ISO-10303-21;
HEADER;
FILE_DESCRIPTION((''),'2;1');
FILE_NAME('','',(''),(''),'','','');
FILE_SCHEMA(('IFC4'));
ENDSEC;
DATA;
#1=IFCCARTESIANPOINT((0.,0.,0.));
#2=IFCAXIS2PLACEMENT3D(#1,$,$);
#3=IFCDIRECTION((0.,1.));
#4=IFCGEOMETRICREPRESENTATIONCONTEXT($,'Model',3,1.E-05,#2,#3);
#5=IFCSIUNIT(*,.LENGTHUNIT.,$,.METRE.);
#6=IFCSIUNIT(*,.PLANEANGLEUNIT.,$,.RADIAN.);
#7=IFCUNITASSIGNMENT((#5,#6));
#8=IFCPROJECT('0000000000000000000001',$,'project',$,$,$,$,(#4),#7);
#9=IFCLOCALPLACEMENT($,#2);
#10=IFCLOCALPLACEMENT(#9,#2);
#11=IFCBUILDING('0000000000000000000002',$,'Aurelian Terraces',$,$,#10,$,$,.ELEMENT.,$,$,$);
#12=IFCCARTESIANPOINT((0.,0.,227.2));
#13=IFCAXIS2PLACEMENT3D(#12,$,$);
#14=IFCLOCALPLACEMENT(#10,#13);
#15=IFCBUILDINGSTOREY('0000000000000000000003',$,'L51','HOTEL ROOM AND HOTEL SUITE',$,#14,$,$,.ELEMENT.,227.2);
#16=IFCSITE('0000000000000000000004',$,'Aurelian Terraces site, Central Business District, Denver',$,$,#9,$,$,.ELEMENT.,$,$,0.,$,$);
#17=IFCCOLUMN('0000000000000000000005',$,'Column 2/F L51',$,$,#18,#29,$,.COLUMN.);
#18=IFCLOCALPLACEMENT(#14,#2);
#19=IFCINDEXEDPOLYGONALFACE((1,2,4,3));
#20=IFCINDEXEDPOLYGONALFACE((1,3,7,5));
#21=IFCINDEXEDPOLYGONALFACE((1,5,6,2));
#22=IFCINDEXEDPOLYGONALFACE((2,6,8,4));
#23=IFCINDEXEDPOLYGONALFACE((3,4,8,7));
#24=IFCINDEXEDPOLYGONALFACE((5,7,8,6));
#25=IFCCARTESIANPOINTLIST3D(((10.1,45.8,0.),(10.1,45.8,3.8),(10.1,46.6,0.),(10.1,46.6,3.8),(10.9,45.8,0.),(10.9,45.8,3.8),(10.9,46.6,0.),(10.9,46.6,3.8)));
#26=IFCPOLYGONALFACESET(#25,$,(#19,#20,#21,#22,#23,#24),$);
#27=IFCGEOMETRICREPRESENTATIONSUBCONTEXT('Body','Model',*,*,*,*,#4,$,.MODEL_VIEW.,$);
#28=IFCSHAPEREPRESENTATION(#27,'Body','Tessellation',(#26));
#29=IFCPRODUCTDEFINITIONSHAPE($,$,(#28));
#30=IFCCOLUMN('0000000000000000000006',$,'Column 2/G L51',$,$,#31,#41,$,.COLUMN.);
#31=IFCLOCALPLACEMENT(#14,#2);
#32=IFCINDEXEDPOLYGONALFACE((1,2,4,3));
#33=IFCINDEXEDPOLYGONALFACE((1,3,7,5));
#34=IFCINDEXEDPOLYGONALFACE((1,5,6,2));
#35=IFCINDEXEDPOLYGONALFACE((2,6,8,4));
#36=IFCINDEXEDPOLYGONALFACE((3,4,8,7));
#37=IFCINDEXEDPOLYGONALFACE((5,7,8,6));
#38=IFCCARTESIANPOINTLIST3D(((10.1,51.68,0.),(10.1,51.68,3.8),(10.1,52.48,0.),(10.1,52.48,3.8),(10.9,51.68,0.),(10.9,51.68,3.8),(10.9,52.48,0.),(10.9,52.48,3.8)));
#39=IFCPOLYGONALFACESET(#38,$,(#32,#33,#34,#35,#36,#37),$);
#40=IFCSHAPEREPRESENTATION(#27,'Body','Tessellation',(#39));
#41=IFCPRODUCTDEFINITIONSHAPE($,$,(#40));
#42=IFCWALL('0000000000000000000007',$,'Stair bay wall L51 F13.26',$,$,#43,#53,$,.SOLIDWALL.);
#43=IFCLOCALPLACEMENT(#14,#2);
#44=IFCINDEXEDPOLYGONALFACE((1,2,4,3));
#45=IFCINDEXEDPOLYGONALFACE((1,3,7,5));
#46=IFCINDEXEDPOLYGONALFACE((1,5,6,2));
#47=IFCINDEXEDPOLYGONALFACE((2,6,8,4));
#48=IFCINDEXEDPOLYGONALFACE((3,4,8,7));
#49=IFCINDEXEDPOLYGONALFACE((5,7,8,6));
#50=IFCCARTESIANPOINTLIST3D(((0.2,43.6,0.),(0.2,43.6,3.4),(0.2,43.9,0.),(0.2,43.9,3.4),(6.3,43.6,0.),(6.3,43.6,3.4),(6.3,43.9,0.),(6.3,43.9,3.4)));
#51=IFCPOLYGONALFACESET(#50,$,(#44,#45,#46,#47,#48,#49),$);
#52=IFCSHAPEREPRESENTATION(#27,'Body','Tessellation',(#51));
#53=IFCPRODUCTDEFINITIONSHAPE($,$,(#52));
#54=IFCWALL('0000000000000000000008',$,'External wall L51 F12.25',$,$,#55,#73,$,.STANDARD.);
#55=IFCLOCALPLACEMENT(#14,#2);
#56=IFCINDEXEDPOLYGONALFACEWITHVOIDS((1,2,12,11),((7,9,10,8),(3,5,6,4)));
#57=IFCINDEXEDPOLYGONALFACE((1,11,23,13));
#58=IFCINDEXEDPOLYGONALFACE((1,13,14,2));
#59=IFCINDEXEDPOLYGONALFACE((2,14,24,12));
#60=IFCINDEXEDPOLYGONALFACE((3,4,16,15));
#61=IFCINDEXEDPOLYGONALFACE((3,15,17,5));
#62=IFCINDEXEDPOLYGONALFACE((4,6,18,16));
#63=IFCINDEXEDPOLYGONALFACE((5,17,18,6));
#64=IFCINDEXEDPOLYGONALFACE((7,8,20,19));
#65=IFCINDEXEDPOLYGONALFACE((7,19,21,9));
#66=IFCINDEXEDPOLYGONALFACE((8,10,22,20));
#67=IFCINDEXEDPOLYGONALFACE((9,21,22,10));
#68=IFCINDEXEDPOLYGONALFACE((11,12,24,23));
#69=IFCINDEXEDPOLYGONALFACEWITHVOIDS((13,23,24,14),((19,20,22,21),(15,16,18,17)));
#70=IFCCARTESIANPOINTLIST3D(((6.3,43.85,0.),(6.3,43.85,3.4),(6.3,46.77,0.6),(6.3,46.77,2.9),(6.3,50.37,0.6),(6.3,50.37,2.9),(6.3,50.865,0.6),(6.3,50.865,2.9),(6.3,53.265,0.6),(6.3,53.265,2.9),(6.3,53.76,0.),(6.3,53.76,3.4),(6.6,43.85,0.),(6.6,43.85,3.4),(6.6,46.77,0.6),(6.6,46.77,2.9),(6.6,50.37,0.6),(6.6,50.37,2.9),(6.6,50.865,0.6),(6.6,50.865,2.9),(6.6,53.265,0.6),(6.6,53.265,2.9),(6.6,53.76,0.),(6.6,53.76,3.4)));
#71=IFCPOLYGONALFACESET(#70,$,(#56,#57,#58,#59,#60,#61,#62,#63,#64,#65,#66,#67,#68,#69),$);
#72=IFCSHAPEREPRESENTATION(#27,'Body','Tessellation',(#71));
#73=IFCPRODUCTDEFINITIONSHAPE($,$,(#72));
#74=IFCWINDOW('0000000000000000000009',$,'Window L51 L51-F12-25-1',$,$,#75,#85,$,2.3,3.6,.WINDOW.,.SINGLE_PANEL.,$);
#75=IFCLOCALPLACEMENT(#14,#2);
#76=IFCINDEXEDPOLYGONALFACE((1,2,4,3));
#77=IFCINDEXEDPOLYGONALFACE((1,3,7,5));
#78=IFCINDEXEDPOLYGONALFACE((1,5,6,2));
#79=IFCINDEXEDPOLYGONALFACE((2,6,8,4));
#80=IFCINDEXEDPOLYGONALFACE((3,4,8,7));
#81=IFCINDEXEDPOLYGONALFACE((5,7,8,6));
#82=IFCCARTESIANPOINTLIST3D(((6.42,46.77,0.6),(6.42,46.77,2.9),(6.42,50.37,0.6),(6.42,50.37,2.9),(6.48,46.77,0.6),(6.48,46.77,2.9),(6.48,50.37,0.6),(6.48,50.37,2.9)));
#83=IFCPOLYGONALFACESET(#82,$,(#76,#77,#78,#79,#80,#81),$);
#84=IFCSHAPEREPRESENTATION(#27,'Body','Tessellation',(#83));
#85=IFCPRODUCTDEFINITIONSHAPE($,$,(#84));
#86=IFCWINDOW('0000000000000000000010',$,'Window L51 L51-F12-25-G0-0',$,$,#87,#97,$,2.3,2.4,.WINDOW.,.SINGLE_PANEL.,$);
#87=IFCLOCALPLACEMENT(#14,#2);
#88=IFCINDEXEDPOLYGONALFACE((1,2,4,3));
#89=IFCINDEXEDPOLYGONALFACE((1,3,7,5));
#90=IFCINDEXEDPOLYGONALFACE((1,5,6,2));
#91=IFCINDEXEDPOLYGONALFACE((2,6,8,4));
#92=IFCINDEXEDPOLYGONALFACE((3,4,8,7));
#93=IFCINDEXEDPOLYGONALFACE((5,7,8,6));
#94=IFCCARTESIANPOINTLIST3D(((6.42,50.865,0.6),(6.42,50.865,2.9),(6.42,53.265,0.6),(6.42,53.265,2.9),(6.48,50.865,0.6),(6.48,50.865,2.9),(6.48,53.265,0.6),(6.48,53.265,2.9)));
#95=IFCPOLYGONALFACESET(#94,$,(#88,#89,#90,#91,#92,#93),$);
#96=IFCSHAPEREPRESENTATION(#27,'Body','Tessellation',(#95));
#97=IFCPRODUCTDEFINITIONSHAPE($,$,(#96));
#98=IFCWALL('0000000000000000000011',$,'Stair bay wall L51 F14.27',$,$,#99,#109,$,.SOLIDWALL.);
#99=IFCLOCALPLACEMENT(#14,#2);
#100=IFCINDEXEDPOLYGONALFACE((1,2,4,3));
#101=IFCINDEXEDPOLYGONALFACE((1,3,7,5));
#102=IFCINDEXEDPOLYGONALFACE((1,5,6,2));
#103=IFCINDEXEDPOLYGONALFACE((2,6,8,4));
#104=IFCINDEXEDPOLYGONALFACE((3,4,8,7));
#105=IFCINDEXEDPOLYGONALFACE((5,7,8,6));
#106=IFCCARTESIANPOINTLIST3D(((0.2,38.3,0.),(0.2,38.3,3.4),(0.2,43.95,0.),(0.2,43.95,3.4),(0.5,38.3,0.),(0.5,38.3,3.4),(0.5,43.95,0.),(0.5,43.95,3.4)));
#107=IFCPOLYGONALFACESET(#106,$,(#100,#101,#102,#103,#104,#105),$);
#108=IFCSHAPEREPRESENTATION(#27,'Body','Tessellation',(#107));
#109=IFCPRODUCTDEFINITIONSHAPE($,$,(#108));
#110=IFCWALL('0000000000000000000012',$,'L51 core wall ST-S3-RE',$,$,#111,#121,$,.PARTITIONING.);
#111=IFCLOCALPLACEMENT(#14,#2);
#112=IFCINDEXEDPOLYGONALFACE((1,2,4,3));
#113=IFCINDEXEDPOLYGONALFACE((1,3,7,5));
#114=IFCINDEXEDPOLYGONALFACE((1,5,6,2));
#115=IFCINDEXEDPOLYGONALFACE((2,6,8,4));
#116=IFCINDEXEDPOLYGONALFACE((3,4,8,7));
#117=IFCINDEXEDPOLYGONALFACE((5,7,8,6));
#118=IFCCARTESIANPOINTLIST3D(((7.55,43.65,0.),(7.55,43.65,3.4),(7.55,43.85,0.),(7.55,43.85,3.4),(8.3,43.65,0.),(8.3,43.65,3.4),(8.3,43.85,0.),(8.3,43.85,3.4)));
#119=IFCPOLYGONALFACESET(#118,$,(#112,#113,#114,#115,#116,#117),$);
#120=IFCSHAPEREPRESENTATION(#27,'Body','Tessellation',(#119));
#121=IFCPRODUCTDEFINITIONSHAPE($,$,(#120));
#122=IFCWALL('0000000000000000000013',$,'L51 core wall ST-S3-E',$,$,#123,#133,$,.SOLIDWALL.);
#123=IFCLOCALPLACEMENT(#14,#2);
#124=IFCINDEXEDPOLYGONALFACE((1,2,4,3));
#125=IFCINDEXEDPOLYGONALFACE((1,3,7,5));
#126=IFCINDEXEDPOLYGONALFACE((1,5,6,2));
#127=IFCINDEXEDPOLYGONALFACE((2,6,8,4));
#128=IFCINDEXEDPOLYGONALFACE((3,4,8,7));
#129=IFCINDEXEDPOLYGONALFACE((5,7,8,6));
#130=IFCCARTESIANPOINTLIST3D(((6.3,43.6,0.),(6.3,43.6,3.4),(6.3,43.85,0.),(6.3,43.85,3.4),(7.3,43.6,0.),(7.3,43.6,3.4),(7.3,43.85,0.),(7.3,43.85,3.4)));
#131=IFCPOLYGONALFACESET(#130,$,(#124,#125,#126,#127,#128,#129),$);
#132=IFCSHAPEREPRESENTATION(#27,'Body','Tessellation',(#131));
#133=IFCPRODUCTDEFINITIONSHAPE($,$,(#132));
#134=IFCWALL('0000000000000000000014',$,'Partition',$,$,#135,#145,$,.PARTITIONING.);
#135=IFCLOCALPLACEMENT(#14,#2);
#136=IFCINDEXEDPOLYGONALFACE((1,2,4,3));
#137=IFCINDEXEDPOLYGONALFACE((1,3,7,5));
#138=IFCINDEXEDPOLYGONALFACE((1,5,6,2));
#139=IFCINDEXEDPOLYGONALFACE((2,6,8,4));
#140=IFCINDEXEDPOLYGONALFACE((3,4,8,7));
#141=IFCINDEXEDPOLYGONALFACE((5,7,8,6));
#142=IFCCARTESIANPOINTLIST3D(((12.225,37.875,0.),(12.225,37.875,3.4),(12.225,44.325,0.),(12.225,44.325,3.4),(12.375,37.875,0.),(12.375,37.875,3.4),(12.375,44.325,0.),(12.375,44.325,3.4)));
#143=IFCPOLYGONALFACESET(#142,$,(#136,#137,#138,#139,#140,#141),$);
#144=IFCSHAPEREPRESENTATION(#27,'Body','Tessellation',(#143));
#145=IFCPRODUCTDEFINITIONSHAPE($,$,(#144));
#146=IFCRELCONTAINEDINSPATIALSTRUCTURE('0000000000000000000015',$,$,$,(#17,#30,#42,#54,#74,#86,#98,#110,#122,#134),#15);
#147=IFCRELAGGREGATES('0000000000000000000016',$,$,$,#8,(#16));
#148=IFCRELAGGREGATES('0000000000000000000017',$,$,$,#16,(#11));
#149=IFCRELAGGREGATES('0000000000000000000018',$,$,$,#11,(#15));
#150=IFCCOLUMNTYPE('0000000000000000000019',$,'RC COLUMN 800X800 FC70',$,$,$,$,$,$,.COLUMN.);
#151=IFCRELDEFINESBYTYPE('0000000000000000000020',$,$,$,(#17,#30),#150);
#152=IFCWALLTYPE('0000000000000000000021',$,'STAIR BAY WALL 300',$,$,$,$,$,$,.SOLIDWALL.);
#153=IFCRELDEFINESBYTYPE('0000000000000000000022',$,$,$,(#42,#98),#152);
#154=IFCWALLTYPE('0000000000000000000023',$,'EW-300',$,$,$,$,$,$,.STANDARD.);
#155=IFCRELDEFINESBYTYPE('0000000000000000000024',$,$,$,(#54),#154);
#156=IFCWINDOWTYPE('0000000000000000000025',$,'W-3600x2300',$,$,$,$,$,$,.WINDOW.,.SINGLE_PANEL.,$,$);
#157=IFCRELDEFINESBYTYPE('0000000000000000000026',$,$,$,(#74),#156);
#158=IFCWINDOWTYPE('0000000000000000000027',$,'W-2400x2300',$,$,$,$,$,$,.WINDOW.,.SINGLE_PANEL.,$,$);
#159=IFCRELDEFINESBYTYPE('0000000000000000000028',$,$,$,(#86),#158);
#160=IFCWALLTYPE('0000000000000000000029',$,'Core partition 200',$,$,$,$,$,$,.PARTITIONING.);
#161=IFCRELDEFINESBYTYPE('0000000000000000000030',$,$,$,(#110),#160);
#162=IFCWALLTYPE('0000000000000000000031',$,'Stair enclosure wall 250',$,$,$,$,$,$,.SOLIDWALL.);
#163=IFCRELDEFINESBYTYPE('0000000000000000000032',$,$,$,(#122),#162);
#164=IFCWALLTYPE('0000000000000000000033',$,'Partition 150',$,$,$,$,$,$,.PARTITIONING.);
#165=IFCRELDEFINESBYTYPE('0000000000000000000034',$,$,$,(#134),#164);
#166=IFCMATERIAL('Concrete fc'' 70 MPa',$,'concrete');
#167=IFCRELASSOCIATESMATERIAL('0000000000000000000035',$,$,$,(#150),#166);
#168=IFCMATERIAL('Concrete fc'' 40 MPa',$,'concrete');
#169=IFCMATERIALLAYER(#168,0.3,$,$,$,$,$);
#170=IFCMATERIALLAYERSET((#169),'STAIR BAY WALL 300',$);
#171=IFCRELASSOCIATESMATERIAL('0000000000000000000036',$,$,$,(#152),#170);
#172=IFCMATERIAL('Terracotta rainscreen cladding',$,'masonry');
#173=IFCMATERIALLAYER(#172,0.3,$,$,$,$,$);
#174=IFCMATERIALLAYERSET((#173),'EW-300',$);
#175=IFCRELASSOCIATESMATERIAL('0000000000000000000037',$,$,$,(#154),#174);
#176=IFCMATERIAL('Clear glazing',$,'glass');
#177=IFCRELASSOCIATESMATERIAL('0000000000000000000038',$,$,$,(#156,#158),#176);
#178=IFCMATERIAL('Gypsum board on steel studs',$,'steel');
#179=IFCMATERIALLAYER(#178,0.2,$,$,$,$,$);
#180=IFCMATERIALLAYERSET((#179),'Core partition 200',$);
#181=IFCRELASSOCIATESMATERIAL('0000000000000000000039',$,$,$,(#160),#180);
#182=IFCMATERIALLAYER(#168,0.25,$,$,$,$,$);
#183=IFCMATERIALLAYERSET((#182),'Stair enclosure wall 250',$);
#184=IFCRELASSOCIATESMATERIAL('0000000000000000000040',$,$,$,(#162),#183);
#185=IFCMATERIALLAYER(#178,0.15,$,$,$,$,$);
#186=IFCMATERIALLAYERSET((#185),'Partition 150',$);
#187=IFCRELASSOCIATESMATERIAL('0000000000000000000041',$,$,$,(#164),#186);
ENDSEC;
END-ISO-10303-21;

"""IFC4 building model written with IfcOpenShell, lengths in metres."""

from ifc_helpers import new_model, si_unit, direction, frame, frame_2d, origin, origin_2d, place, context, subcontext, project, spatial, rectangle, extrude, source, transform, mapped, material, layer, layer_set, material_profile, profile_set, type_object, element, fill, save


model = new_model("IFC4")

# Units and contexts
model_context = context("Model", 3, precision=1e-05, world=origin(), true_north=direction((0.0, 1.0)))
body_context = subcontext(model_context, "Body", "Model", "MODEL_VIEW")
ifc_project = project(units=[si_unit("LENGTHUNIT", "METRE"), si_unit("PLANEANGLEUNIT", "RADIAN")], contexts=[model_context])

# Site, building, storey
site_placement = place(None, origin())
site = spatial("IfcSite", under=ifc_project, at=site_placement, Name="Aurelian Terraces site, Central Business District, Denver", CompositionType="ELEMENT", RefElevation=0.0)
building_placement = place(site_placement, origin())
building = spatial("IfcBuilding", under=site, at=building_placement, Name="Aurelian Terraces", CompositionType="ELEMENT")
storey_placement = place(building_placement, frame((0.0, 0.0, 227.2)))
storey = spatial("IfcBuildingStorey", under=building, at=storey_placement, Name="L51", Description="HOTEL ROOM AND HOTEL SUITE", CompositionType="ELEMENT", Elevation=227.2)

# Columns
ifc_material_1 = material(Name="Concrete fc' 70 MPa", Category="concrete")
ifc_material_profile = material_profile(ifc_material_1, rectangle(XDim=0.8, YDim=0.8, at=origin_2d()))
ifc_profile_set = profile_set([ifc_material_profile], Name="Concrete fc' 70 MPa")
column_type = type_object("IfcColumnType", Name="RC COLUMN 800X800 FC70", PredefinedType="COLUMN", material=ifc_profile_set)
shared_shape_1 = source(origin(), body_context, "Body", "SweptSolid", [
    extrude(rectangle(XDim=0.8, YDim=0.8, at=origin_2d()), origin(), (0.0, 0.0, 1.0), 3.8),
])
for number, where, z_axis, x_axis, name in (
    (1, (10.5, 46.2, 0.0), (0.0, 0.0, 1.0), (1.0, 0.0, 0.0), "Column 2/F L51"),
    (2, (10.5, 52.08, 0.0), (0.0, 0.0, 1.0), (1.0, 0.0, 0.0), "Column 2/G L51"),
):
    element("IfcColumn", number, at=place(storey_placement, frame(where, z_axis=z_axis, x_axis=x_axis)), inside=storey, type_object=column_type, Name=name, PredefinedType="COLUMN", context=body_context, shape_type="MappedRepresentation", body=[
        mapped(shared_shape_1, transform((0.0, 0.0, 0.0), scale=1.0)),
    ])

# Wall
ifc_material_2 = material(Name="Concrete fc' 40 MPa", Category="concrete")
ifc_layer_1 = layer(ifc_material_2, 0.3)
ifc_layer_set_1 = layer_set([ifc_layer_1], Name="STAIR BAY WALL 300")
wall_type_1 = type_object("IfcWallType", Name="STAIR BAY WALL 300", PredefinedType="SOLIDWALL", material=ifc_layer_set_1)
shared_shape_2 = source(origin(), body_context, "Body", "SweptSolid", [
    extrude(rectangle(XDim=6.1, YDim=0.3, at=frame_2d((3.05, 0.0))), origin(), (0.0, 0.0, 1.0), 3.4),
])
wall_1_placement = place(storey_placement, frame((6.3, 43.75, 0.0), z_axis=(0.0, 0.0, 1.0), x_axis=(-1.0, 0.0, 0.0)))
element("IfcWall", 3, at=wall_1_placement, inside=storey, type_object=wall_type_1, Name="Stair bay wall L51 F13.26", PredefinedType="SOLIDWALL", context=body_context, shape_type="MappedRepresentation", body=[
    mapped(shared_shape_2, transform((0.0, 0.0, 0.0), scale=1.0)),
])

# Wall, openings, windows
ifc_material_3 = material(Name="Terracotta rainscreen cladding", Category="masonry")
ifc_layer_2 = layer(ifc_material_3, 0.3)
ifc_layer_set_2 = layer_set([ifc_layer_2], Name="EW-300")
wall_type_2 = type_object("IfcWallType", Name="EW-300", PredefinedType="STANDARD", material=ifc_layer_set_2)
shared_shape_3 = source(origin(), body_context, "Body", "SweptSolid", [
    extrude(rectangle(XDim=9.91, YDim=0.3, at=frame_2d((4.955, 0.0))), origin(), (0.0, 0.0, 1.0), 3.4),
])
wall_2_placement = place(storey_placement, frame((6.45, 53.76, 0.0), z_axis=(0.0, 0.0, 1.0), x_axis=(0.0, -1.0, 0.0)))
wall_2 = element("IfcWall", 4, at=wall_2_placement, inside=storey, type_object=wall_type_2, Name="External wall L51 F12.25", PredefinedType="STANDARD", context=body_context, shape_type="MappedRepresentation", body=[
    mapped(shared_shape_3, transform((0.0, 0.0, 0.0), scale=1.0)),
])
shared_shape_4 = source(origin(), body_context, "Body", "SweptSolid", [
    extrude(rectangle(XDim=3.6, YDim=2.3, at=frame_2d((1.8, 1.15))), frame((0.0, 0.16, 0.0), z_axis=(0.0, -1.0, 0.0), x_axis=(1.0, 0.0, 0.0)), (0.0, 0.0, 1.0), 0.32),
])
opening_1_placement = place(wall_2_placement, frame((3.39, 0.0, 0.6)))
opening_1 = element("IfcOpeningElement", 5, at=opening_1_placement, cuts=wall_2, PredefinedType="OPENING", context=body_context, shape_type="MappedRepresentation", body=[
    mapped(shared_shape_4, transform((0.0, 0.0, 0.0), scale=1.0)),
])
shared_shape_5 = source(origin(), body_context, "Body", "SweptSolid", [
    extrude(rectangle(XDim=2.4, YDim=2.3, at=frame_2d((1.2, 1.15))), frame((0.0, 0.16, 0.0), z_axis=(0.0, -1.0, 0.0), x_axis=(1.0, 0.0, 0.0)), (0.0, 0.0, 1.0), 0.32),
])
opening_2_placement = place(wall_2_placement, frame((0.495, 0.0, 0.6)))
opening_2 = element("IfcOpeningElement", 6, at=opening_2_placement, cuts=wall_2, PredefinedType="OPENING", context=body_context, shape_type="MappedRepresentation", body=[
    mapped(shared_shape_5, transform((0.0, 0.0, 0.0), scale=1.0)),
])
ifc_material_4 = material(Name="Clear glazing", Category="glass")
window_type_1 = type_object("IfcWindowType", Name="W-3600x2300", PartitioningType="SINGLE_PANEL", PredefinedType="WINDOW", material=ifc_material_4)
shared_shape_6 = source(origin(), body_context, "Body", "SweptSolid", [
    extrude(rectangle(XDim=3.6, YDim=2.3, at=frame_2d((1.8, 1.15))), frame((0.0, 0.03, 0.0), z_axis=(0.0, -1.0, 0.0), x_axis=(1.0, 0.0, 0.0)), (0.0, 0.0, 1.0), 0.06),
])
window_1_placement = place(opening_1_placement, origin())
window_1 = element("IfcWindow", 7, at=window_1_placement, inside=storey, type_object=window_type_1, Name="Window L51 L51-F12-25-1", OverallHeight=2.3, OverallWidth=3.6, PartitioningType="SINGLE_PANEL", PredefinedType="WINDOW", context=body_context, shape_type="MappedRepresentation", body=[
    mapped(shared_shape_6, transform((0.0, 0.0, 0.0), scale=1.0)),
])
fill(opening_1, window_1)
window_type_2 = type_object("IfcWindowType", Name="W-2400x2300", PartitioningType="SINGLE_PANEL", PredefinedType="WINDOW", material=ifc_material_4)
shared_shape_7 = source(origin(), body_context, "Body", "SweptSolid", [
    extrude(rectangle(XDim=2.4, YDim=2.3, at=frame_2d((1.2, 1.15))), frame((0.0, 0.03, 0.0), z_axis=(0.0, -1.0, 0.0), x_axis=(1.0, 0.0, 0.0)), (0.0, 0.0, 1.0), 0.06),
])
window_2_placement = place(opening_2_placement, origin())
window_2 = element("IfcWindow", 8, at=window_2_placement, inside=storey, type_object=window_type_2, Name="Window L51 L51-F12-25-G0-0", OverallHeight=2.3, OverallWidth=2.4, PartitioningType="SINGLE_PANEL", PredefinedType="WINDOW", context=body_context, shape_type="MappedRepresentation", body=[
    mapped(shared_shape_7, transform((0.0, 0.0, 0.0), scale=1.0)),
])
fill(opening_2, window_2)

# Walls
shared_shape_8 = source(origin(), body_context, "Body", "SweptSolid", [
    extrude(rectangle(XDim=5.65, YDim=0.3, at=frame_2d((2.825, 0.0))), origin(), (0.0, 0.0, 1.0), 3.4),
])
wall_3_placement = place(storey_placement, frame((0.35, 43.95, 0.0), z_axis=(0.0, 0.0, 1.0), x_axis=(0.0, -1.0, 0.0)))
element("IfcWall", 9, at=wall_3_placement, inside=storey, type_object=wall_type_1, Name="Stair bay wall L51 F14.27", PredefinedType="SOLIDWALL", context=body_context, shape_type="MappedRepresentation", body=[
    mapped(shared_shape_8, transform((0.0, 0.0, 0.0), scale=1.0)),
])
ifc_material_5 = material(Name="Gypsum board on steel studs", Category="steel")
ifc_layer_3 = layer(ifc_material_5, 0.2)
ifc_layer_set_3 = layer_set([ifc_layer_3], Name="Core partition 200")
wall_type_3 = type_object("IfcWallType", Name="Core partition 200", PredefinedType="PARTITIONING", material=ifc_layer_set_3)
shared_shape_9 = source(origin(), body_context, "Body", "SweptSolid", [
    extrude(rectangle(XDim=0.75, YDim=0.2, at=frame_2d((0.375, 0.0))), origin(), (0.0, 0.0, 1.0), 3.4),
])
wall_4_placement = place(storey_placement, frame((7.55, 43.75, 0.0), z_axis=(0.0, 0.0, 1.0), x_axis=(1.0, 0.0, 0.0)))
element("IfcWall", 10, at=wall_4_placement, inside=storey, type_object=wall_type_3, Name="L51 core wall ST-S3-RE", PredefinedType="PARTITIONING", context=body_context, shape_type="MappedRepresentation", body=[
    mapped(shared_shape_9, transform((0.0, 0.0, 0.0), scale=1.0)),
])
ifc_layer_4 = layer(ifc_material_2, 0.25)
ifc_layer_set_4 = layer_set([ifc_layer_4], Name="Stair enclosure wall 250")
wall_type_4 = type_object("IfcWallType", Name="Stair enclosure wall 250", PredefinedType="SOLIDWALL", material=ifc_layer_set_4)
shared_shape_10 = source(origin(), body_context, "Body", "SweptSolid", [
    extrude(rectangle(XDim=1.0, YDim=0.25, at=frame_2d((0.5, 0.0))), origin(), (0.0, 0.0, 1.0), 3.4),
])
wall_5_placement = place(storey_placement, frame((6.3, 43.725, 0.0), z_axis=(0.0, 0.0, 1.0), x_axis=(1.0, 0.0, 0.0)))
element("IfcWall", 11, at=wall_5_placement, inside=storey, type_object=wall_type_4, Name="L51 core wall ST-S3-E", PredefinedType="SOLIDWALL", context=body_context, shape_type="MappedRepresentation", body=[
    mapped(shared_shape_10, transform((0.0, 0.0, 0.0), scale=1.0)),
])
ifc_layer_5 = layer(ifc_material_5, 0.15)
ifc_layer_set_5 = layer_set([ifc_layer_5], Name="Partition 150")
wall_type_5 = type_object("IfcWallType", Name="Partition 150", PredefinedType="PARTITIONING", material=ifc_layer_set_5)
shared_shape_11 = source(origin(), body_context, "Body", "SweptSolid", [
    extrude(rectangle(XDim=6.45, YDim=0.15, at=frame_2d((3.225, 0.0))), origin(), (0.0, 0.0, 1.0), 3.4),
])
wall_6_placement = place(storey_placement, frame((12.3, 44.325, 0.0), z_axis=(0.0, 0.0, 1.0), x_axis=(0.0, -1.0, 0.0)))
element("IfcWall", 12, at=wall_6_placement, inside=storey, type_object=wall_type_5, Name="Partition", PredefinedType="PARTITIONING", context=body_context, shape_type="MappedRepresentation", body=[
    mapped(shared_shape_11, transform((0.0, 0.0, 0.0), scale=1.0)),
])

save(model, "model.ifc")
